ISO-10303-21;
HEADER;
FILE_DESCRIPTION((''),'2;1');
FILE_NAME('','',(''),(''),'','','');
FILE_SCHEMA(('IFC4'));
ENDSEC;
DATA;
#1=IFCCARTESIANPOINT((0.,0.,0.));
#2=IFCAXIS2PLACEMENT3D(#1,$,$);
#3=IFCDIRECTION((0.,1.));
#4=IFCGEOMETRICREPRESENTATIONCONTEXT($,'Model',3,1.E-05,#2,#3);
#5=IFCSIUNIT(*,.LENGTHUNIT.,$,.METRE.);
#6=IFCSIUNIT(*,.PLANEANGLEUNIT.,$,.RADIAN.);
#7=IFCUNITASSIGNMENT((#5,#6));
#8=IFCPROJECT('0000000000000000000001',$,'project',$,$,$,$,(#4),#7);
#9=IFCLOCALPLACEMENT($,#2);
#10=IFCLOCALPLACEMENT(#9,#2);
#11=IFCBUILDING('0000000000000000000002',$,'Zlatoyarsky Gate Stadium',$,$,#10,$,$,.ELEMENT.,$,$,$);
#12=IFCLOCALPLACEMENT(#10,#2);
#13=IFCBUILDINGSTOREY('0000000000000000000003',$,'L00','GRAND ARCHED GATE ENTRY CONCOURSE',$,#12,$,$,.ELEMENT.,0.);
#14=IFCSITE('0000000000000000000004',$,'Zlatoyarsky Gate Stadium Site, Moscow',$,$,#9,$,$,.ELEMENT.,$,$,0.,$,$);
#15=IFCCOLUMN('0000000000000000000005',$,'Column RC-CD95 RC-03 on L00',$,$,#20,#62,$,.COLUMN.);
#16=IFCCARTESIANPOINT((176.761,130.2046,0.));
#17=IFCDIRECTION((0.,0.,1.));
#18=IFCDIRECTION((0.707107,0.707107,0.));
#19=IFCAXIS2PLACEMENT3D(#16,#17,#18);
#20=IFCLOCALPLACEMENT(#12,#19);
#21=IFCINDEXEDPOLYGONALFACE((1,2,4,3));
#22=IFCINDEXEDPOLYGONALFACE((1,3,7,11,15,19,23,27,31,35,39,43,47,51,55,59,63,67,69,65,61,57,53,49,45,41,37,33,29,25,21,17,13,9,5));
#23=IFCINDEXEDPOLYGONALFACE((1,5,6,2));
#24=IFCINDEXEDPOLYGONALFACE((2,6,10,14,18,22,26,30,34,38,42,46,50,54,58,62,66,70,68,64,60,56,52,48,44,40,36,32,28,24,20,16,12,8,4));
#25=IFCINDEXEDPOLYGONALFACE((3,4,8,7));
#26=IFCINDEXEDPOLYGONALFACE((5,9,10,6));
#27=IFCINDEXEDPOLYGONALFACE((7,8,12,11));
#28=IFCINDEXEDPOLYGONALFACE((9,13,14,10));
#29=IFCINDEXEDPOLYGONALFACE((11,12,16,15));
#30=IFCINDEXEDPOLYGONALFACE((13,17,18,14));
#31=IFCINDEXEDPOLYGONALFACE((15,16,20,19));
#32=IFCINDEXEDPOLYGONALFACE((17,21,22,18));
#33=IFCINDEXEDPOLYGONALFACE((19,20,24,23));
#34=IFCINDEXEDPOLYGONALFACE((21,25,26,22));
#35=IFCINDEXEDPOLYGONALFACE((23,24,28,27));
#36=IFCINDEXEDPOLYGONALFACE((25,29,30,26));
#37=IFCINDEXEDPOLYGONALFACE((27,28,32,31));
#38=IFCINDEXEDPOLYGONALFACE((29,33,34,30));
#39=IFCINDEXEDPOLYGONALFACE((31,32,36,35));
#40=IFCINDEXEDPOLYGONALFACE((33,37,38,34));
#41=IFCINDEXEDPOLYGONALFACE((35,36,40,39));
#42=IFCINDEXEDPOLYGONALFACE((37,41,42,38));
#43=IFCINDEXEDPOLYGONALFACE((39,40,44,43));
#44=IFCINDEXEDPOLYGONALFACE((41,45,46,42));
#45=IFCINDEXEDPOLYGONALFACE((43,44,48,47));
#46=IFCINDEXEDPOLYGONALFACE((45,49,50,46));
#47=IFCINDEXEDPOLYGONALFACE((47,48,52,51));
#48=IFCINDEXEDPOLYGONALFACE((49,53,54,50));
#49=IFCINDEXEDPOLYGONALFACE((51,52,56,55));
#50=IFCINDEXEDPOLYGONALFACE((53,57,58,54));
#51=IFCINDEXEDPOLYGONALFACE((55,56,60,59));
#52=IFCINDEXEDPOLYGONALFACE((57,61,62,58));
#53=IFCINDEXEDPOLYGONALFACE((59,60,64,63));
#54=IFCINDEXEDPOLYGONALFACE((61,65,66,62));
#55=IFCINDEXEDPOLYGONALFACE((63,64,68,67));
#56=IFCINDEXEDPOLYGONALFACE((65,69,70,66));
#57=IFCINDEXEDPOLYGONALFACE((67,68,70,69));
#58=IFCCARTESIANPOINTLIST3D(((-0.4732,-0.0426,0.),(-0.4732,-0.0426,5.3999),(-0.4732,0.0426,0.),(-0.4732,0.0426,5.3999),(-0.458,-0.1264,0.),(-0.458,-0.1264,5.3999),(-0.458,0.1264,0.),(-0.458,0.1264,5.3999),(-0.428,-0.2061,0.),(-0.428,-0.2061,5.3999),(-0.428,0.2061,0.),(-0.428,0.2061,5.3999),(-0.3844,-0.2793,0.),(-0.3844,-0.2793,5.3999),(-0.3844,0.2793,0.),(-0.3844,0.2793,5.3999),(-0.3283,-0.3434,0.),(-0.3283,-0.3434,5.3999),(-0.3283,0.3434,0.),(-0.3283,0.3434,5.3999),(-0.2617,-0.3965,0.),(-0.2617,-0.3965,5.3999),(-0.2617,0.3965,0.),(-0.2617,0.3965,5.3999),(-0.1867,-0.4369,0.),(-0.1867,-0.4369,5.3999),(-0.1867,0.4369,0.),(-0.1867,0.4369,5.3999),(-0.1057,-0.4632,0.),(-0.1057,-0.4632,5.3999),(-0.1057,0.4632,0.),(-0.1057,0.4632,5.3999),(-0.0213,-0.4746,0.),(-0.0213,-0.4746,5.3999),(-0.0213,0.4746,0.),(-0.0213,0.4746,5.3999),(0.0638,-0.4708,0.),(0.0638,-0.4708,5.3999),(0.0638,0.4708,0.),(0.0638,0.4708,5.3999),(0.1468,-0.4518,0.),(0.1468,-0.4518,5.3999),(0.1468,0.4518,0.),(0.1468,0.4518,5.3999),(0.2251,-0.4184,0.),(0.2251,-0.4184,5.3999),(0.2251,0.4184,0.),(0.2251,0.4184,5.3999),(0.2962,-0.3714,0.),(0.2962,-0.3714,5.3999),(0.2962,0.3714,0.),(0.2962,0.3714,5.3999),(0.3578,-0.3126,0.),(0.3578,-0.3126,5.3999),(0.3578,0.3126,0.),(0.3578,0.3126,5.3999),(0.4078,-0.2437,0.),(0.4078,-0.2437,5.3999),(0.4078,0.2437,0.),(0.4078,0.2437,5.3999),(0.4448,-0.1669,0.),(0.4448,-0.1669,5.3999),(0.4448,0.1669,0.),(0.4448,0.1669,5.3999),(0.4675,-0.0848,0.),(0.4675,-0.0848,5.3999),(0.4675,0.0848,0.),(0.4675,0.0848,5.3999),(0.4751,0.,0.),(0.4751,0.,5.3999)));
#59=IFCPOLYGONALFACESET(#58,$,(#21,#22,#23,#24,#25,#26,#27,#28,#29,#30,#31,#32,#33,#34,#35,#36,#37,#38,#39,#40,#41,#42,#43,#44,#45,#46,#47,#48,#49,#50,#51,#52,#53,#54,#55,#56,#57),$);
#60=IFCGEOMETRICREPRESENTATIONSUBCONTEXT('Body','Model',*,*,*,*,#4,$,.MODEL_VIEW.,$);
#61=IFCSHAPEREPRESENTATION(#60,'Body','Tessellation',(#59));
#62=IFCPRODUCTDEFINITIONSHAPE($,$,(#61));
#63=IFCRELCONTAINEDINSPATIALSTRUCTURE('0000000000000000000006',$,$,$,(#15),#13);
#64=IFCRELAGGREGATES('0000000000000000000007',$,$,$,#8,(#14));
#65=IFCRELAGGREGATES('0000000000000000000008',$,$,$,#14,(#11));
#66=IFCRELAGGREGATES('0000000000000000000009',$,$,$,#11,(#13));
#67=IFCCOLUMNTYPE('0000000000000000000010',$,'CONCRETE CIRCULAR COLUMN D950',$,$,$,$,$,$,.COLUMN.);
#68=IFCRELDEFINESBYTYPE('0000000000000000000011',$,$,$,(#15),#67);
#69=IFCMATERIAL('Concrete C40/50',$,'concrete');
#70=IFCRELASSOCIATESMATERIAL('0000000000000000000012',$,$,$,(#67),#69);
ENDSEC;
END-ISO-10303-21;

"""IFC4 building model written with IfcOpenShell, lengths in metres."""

from ifc_helpers import new_model, si_unit, direction, frame, origin, origin_2d, place, context, subcontext, project, spatial, circle, extrude, material, material_profile, profile_set, type_object, element, save


model = new_model("IFC4")

# Units and contexts
model_context = context("Model", 3, precision=1e-05, world=origin(), true_north=direction((0.0, 1.0)))
body_context = subcontext(model_context, "Body", "Model", "MODEL_VIEW")
ifc_project = project(units=[si_unit("LENGTHUNIT", "METRE"), si_unit("PLANEANGLEUNIT", "RADIAN")], contexts=[model_context])

# Site, building, storey
site_placement = place(None, origin())
site = spatial("IfcSite", under=ifc_project, at=site_placement, Name="Zlatoyarsky Gate Stadium Site, Moscow", CompositionType="ELEMENT", RefElevation=0.0)
building_placement = place(site_placement, origin())
building = spatial("IfcBuilding", under=site, at=building_placement, Name="Zlatoyarsky Gate Stadium", CompositionType="ELEMENT")
storey_placement = place(building_placement, origin())
storey = spatial("IfcBuildingStorey", under=building, at=storey_placement, Name="L00", Description="GRAND ARCHED GATE ENTRY CONCOURSE", CompositionType="ELEMENT", Elevation=0.0)

# Column
ifc_material_1 = material(Name="Concrete C40/50", Category="concrete")
ifc_material_profile_1 = material_profile(ifc_material_1, circle(Radius=0.4751, at=origin_2d()), Name="RC COL D950")
ifc_profile_set_1 = profile_set([ifc_material_profile_1], Name="Concrete C40/50")
column_type_1 = type_object("IfcColumnType", Name="CONCRETE CIRCULAR COLUMN D950", PredefinedType="COLUMN", material=ifc_profile_set_1)
column_1_placement = place(storey_placement, frame((176.761, 130.2046, 0.0), z_axis=(0.0, 0.0, 1.0), x_axis=(0.707107, 0.707107, 0.0)))
element("IfcColumn", 1, at=column_1_placement, inside=storey, type_object=column_type_1, Name="Column RC-CD95 RC-03 on L00", PredefinedType="COLUMN", context=body_context, shape_type="SweptSolid", body=[
    extrude(circle(Radius=0.4751, at=origin_2d()), origin(), (0.0, 0.0, 1.0), 5.3999),
])

save(model, "model.ifc")
